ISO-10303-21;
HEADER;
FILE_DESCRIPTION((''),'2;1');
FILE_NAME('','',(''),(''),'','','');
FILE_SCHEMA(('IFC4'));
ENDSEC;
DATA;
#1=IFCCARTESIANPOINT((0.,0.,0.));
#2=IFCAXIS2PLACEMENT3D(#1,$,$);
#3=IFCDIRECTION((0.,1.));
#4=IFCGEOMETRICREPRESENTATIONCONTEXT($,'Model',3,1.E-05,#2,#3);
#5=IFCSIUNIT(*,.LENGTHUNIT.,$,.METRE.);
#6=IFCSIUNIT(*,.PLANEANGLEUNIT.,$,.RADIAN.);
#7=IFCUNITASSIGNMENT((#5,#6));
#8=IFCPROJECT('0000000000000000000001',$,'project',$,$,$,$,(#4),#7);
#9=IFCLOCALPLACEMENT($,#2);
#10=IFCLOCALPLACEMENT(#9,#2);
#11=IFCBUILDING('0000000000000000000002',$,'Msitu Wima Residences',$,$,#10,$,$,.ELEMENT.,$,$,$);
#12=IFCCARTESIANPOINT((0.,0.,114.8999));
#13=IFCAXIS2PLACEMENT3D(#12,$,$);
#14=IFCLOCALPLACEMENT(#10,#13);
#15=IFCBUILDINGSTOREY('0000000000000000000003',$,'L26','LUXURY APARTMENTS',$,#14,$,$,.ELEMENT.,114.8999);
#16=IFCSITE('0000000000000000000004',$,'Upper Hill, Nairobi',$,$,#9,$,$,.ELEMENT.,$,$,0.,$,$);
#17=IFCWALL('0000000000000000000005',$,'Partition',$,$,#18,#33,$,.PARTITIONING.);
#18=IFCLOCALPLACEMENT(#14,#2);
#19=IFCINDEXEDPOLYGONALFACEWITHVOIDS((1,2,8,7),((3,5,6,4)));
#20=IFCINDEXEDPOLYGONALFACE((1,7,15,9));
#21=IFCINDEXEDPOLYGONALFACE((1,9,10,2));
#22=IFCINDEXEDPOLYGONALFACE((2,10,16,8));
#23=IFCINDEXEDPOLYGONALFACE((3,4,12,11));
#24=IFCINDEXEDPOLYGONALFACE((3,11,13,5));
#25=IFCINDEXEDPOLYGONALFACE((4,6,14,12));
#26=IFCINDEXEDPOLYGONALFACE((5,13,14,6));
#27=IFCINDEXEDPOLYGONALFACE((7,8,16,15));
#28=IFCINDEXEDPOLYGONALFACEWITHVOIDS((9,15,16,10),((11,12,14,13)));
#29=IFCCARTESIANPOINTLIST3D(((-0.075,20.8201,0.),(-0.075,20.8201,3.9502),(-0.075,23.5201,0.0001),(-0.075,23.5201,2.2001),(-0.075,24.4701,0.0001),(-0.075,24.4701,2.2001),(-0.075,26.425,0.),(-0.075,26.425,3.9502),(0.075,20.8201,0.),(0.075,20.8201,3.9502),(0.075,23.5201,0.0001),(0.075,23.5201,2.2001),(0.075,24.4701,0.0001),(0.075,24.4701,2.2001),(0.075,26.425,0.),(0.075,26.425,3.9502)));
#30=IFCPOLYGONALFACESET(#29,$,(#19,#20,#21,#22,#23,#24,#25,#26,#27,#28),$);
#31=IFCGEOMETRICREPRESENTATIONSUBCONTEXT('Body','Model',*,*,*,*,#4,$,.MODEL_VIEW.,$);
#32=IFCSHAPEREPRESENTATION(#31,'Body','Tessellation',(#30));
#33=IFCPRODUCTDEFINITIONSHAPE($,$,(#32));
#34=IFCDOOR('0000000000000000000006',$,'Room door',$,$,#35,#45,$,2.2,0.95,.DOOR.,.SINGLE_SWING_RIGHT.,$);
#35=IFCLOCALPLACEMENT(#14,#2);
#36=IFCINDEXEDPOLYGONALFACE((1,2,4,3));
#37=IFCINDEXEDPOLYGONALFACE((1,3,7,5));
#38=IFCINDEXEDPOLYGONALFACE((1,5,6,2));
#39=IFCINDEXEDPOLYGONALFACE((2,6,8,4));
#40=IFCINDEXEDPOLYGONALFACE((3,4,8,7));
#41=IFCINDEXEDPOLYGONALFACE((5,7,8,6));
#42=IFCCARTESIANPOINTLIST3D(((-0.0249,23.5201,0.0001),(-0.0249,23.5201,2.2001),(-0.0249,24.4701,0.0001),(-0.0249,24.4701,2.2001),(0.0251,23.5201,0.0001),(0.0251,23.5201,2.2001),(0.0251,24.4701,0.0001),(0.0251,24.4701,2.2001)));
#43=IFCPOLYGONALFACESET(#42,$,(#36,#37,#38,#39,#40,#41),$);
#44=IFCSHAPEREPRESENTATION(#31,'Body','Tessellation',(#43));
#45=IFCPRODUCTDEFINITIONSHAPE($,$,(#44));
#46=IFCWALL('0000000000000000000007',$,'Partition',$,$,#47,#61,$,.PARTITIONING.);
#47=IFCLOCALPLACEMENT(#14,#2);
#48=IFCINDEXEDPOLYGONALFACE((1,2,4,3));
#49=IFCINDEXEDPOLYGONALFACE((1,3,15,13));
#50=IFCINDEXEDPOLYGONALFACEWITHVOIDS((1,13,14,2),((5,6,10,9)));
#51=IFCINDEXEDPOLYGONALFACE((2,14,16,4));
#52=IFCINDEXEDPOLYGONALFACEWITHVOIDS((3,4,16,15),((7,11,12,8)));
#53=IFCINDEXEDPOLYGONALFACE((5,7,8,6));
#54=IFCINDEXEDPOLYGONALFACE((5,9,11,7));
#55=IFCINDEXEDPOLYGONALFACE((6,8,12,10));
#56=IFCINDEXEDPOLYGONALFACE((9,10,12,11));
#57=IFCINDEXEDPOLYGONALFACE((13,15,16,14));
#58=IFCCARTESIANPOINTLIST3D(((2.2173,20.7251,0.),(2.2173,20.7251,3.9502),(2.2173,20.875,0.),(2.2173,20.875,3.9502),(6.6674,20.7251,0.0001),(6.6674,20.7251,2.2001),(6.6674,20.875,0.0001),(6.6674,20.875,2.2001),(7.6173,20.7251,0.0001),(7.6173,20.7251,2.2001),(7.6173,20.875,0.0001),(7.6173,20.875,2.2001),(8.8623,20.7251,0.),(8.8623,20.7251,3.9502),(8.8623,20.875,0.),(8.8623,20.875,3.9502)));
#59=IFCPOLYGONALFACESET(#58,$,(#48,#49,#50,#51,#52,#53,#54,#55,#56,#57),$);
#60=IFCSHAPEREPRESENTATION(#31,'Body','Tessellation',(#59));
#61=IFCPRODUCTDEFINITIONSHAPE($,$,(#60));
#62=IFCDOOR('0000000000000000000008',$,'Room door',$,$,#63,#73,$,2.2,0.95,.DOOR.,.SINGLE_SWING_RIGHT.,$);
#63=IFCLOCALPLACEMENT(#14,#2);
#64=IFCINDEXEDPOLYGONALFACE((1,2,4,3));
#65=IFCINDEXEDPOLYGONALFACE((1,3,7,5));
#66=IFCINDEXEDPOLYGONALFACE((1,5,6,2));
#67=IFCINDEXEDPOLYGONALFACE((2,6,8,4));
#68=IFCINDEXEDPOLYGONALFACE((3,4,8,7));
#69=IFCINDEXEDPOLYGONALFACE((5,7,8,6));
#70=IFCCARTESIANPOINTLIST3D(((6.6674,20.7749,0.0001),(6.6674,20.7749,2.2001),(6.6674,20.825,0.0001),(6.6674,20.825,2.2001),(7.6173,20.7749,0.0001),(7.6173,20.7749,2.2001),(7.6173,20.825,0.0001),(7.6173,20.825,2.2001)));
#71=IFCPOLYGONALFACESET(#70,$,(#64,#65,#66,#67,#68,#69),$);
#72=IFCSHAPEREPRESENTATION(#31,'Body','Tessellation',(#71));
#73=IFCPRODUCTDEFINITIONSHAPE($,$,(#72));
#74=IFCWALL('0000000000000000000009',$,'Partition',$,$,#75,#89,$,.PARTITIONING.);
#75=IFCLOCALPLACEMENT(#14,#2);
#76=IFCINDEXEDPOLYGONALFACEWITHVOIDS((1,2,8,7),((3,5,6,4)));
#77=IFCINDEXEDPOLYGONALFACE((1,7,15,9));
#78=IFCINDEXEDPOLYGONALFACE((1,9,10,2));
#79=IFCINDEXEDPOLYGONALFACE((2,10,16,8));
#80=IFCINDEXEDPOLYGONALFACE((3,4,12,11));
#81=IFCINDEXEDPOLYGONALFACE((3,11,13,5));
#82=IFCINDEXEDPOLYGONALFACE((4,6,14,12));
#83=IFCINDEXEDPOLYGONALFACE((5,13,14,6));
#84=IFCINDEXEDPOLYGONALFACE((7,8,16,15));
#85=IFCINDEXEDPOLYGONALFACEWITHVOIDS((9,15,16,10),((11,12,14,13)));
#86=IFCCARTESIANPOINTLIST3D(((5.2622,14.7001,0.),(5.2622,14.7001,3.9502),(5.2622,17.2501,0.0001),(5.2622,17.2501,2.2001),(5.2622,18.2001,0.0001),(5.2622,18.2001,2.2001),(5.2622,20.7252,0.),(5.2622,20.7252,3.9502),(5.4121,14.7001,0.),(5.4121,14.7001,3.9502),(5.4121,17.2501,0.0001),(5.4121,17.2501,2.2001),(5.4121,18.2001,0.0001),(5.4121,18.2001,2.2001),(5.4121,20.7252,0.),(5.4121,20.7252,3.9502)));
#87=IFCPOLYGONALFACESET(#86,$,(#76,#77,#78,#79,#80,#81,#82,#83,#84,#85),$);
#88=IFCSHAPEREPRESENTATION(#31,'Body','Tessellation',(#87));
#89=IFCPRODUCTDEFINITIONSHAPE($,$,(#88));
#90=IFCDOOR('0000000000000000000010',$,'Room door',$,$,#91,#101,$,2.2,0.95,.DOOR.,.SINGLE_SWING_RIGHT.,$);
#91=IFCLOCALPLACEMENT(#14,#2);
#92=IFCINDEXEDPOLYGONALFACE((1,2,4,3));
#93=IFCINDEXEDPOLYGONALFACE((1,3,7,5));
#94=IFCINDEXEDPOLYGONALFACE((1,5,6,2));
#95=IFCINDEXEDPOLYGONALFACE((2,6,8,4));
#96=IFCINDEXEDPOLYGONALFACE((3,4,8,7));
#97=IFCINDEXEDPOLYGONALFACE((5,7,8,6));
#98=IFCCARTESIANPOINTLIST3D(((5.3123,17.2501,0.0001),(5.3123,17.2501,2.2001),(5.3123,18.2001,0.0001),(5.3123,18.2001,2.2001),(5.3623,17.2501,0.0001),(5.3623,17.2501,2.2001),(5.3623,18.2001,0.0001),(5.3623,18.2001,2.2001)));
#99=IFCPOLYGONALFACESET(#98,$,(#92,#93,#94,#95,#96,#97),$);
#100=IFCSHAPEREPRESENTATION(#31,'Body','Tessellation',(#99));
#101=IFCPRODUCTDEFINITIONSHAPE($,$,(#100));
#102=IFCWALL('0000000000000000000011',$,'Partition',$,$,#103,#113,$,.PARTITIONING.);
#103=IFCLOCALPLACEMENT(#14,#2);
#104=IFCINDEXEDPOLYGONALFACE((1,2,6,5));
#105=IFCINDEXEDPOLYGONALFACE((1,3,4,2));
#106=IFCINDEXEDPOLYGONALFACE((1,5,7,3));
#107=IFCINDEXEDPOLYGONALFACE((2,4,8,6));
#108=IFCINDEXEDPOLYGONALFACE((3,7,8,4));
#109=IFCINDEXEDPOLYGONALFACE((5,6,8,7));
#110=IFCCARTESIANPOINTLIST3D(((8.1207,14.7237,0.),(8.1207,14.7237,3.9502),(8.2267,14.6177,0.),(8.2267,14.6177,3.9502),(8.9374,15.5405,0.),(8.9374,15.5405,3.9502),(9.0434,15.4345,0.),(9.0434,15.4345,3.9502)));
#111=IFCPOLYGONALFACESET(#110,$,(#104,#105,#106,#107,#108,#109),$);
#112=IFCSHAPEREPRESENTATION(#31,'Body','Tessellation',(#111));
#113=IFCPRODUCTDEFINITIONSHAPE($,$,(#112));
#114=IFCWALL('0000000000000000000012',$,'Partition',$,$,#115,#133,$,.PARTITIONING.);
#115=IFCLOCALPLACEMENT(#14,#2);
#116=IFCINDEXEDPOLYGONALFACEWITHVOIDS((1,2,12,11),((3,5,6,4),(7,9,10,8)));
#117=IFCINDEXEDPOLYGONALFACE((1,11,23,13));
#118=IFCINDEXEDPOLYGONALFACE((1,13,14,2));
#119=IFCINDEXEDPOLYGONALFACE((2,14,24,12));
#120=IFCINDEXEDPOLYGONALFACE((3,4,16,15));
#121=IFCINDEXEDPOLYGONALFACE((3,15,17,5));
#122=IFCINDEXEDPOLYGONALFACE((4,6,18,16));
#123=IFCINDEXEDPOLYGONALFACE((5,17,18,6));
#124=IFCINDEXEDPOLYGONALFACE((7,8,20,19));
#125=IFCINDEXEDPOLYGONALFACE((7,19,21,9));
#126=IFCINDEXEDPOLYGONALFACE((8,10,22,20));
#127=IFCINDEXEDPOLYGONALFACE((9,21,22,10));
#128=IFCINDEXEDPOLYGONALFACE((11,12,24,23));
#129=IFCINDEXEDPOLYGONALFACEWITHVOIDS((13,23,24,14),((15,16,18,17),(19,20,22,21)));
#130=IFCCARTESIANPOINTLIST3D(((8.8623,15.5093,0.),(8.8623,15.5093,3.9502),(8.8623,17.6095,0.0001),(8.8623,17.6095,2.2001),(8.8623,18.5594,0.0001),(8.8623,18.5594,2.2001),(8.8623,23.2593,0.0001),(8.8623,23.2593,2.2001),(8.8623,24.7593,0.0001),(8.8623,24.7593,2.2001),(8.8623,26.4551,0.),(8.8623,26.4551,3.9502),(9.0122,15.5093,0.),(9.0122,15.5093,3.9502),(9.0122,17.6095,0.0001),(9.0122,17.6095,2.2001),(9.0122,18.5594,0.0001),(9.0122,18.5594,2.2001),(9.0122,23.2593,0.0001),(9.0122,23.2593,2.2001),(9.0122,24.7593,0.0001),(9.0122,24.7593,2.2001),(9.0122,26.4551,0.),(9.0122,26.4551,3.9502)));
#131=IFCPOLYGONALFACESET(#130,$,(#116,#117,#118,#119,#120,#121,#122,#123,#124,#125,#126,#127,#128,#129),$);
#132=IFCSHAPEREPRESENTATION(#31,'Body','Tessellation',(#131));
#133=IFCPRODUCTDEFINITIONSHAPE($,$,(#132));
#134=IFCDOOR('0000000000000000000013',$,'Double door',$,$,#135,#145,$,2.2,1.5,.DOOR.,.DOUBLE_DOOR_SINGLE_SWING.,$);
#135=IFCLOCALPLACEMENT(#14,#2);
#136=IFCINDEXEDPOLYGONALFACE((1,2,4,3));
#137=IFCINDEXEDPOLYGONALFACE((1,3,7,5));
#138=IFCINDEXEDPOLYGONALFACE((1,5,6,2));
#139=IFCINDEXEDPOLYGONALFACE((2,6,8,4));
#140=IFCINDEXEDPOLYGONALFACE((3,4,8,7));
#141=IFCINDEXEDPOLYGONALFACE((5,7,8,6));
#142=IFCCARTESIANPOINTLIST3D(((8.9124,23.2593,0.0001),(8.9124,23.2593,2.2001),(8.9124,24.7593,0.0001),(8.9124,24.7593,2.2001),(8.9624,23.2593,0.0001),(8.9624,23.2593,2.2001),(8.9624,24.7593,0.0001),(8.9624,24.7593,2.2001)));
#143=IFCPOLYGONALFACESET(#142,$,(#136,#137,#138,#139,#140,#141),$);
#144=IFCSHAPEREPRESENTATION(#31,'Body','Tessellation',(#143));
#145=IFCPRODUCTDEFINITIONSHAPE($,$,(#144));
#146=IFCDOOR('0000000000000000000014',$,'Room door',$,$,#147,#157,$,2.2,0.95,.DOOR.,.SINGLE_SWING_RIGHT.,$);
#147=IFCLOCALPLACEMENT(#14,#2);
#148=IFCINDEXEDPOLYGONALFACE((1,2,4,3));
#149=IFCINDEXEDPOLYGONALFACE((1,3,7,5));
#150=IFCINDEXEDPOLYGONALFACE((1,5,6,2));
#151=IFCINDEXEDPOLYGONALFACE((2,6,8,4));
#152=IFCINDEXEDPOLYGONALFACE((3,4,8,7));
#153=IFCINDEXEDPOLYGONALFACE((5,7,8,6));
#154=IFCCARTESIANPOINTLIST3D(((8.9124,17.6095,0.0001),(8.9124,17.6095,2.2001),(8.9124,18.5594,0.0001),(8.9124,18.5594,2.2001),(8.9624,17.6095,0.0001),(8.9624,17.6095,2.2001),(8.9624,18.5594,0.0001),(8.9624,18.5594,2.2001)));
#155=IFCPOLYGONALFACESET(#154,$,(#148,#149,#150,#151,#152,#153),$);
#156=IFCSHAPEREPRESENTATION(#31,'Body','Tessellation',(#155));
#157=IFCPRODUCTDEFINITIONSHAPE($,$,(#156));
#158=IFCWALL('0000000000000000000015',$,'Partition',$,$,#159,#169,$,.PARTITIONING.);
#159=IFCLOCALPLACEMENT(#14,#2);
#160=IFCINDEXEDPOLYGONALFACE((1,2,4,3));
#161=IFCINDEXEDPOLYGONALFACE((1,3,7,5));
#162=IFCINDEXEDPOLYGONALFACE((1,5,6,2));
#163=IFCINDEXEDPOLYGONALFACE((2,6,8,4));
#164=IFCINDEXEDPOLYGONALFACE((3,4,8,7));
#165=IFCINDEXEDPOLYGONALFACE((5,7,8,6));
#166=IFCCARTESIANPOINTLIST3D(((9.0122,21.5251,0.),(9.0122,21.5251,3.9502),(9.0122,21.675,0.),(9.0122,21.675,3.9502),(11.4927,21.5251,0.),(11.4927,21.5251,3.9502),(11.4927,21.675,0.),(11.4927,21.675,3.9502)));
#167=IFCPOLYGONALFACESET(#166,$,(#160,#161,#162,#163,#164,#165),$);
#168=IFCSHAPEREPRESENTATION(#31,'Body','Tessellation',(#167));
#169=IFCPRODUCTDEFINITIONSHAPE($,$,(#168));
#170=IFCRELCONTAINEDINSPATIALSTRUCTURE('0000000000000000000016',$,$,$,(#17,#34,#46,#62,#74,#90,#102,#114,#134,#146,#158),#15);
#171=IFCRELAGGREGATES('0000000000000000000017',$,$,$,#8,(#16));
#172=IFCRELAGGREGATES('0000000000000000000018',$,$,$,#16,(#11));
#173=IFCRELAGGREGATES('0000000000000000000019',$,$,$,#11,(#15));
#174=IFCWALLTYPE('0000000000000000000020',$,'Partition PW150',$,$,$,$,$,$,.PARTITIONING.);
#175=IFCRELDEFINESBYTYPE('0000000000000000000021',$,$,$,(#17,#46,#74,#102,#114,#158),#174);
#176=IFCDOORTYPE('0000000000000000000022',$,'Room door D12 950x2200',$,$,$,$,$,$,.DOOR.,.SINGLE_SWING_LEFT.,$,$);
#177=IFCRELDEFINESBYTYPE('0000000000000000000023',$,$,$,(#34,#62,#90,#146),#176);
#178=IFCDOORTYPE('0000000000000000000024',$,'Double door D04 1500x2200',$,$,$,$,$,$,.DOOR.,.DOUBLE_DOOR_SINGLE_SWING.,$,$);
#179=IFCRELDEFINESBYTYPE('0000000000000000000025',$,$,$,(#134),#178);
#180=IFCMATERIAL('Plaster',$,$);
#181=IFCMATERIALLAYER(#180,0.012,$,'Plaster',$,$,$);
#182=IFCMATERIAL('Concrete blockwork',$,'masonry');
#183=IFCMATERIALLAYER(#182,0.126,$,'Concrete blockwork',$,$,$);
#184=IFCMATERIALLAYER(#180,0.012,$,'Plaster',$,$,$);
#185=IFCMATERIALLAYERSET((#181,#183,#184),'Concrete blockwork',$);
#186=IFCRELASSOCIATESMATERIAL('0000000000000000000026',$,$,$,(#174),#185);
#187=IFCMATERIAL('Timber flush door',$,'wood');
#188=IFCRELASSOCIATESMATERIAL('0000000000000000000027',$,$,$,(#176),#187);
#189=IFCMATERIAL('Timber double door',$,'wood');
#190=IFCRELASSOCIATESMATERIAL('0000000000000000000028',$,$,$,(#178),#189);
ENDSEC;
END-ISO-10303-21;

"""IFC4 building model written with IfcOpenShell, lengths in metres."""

from ifc_helpers import new_model, si_unit, direction, frame, frame_2d, origin, place, context, subcontext, project, spatial, rectangle, extrude, material, layer, layer_set, type_object, element, fill, save


model = new_model("IFC4")

# Units and contexts
model_context = context("Model", 3, precision=1e-05, world=origin(), true_north=direction((0.0, 1.0)))
body_context = subcontext(model_context, "Body", "Model", "MODEL_VIEW")
ifc_project = project(units=[si_unit("LENGTHUNIT", "METRE"), si_unit("PLANEANGLEUNIT", "RADIAN")], contexts=[model_context])

# Site, building, storey
site_placement = place(None, origin())
site = spatial("IfcSite", under=ifc_project, at=site_placement, Name="Upper Hill, Nairobi", CompositionType="ELEMENT", RefElevation=0.0)
building_placement = place(site_placement, origin())
building = spatial("IfcBuilding", under=site, at=building_placement, Name="Msitu Wima Residences", CompositionType="ELEMENT")
storey_placement = place(building_placement, frame((0.0, 0.0, 114.8999)))
storey = spatial("IfcBuildingStorey", under=building, at=storey_placement, Name="L26", Description="LUXURY APARTMENTS", CompositionType="ELEMENT", Elevation=114.8999)

# Walls, openings, doors
ifc_material_1 = material(Name="Plaster")
ifc_layer_1 = layer(ifc_material_1, 0.012, Name="Plaster")
ifc_material_2 = material(Name="Concrete blockwork", Category="masonry")
ifc_layer_2 = layer(ifc_material_2, 0.126, Name="Concrete blockwork")
ifc_layer_3 = layer(ifc_material_1, 0.012, Name="Plaster")
ifc_layer_set_1 = layer_set([ifc_layer_1, ifc_layer_2, ifc_layer_3], Name="Concrete blockwork")
wall_type_1 = type_object("IfcWallType", Name="Partition PW150", PredefinedType="PARTITIONING", material=ifc_layer_set_1)
wall_1_placement = place(storey_placement, frame((0.0, 20.8201, 0.0), z_axis=(0.0, 0.0, 1.0), x_axis=(0.0, 1.0, 0.0)))
wall_1 = element("IfcWall", 1, at=wall_1_placement, inside=storey, type_object=wall_type_1, Name="Partition", PredefinedType="PARTITIONING", context=body_context, shape_type="SweptSolid", body=[
    extrude(rectangle(XDim=5.605, YDim=0.1499, at=frame_2d((2.8025, 0.0))), origin(), (0.0, 0.0, 1.0), 3.9502),
])
opening_1_placement = place(wall_1_placement, frame((2.7, 0.0, 0.0)))
opening_1 = element("IfcOpeningElement", 2, at=opening_1_placement, cuts=wall_1, PredefinedType="OPENING", context=body_context, shape_type="SweptSolid", body=[
    extrude(rectangle(XDim=0.95, YDim=2.2, at=frame_2d((0.4751, 1.1001))), frame((0.0, 0.085, 0.0), z_axis=(0.0, -1.0, 0.0), x_axis=(1.0, 0.0, 0.0)), (0.0, 0.0, 1.0), 0.1699),
])
ifc_material_3 = material(Name="Timber flush door", Category="wood")
door_type_1 = type_object("IfcDoorType", Name="Room door D12 950x2200", OperationType="SINGLE_SWING_LEFT", PredefinedType="DOOR", material=ifc_material_3)
door_1_placement = place(opening_1_placement, origin())
door_1 = element("IfcDoor", 3, at=door_1_placement, inside=storey, type_object=door_type_1, Name="Room door", OperationType="SINGLE_SWING_RIGHT", OverallHeight=2.2, OverallWidth=0.95, PredefinedType="DOOR", context=body_context, shape_type="SweptSolid", body=[
    extrude(rectangle(XDim=0.95, YDim=2.2, at=frame_2d((0.4751, 1.1001))), frame((0.0, 0.0249, 0.0), z_axis=(0.0, -1.0, 0.0), x_axis=(1.0, 0.0, 0.0)), (0.0, 0.0, 1.0), 0.05),
])
fill(opening_1, door_1)
wall_2_placement = place(storey_placement, frame((2.2173, 20.8, 0.0), z_axis=(0.0, 0.0, 1.0), x_axis=(1.0, 0.0, 0.0)))
wall_2 = element("IfcWall", 4, at=wall_2_placement, inside=storey, type_object=wall_type_1, Name="Partition", PredefinedType="PARTITIONING", context=body_context, shape_type="SweptSolid", body=[
    extrude(rectangle(XDim=6.645, YDim=0.1499, at=frame_2d((3.3225, 0.0))), origin(), (0.0, 0.0, 1.0), 3.9502),
])
opening_2_placement = place(wall_2_placement, frame((4.45, 0.0, 0.0)))
opening_2 = element("IfcOpeningElement", 5, at=opening_2_placement, cuts=wall_2, PredefinedType="OPENING", context=body_context, shape_type="SweptSolid", body=[
    extrude(rectangle(XDim=0.95, YDim=2.2, at=frame_2d((0.4751, 1.1001))), frame((0.0, 0.085, 0.0), z_axis=(0.0, -1.0, 0.0), x_axis=(1.0, 0.0, 0.0)), (0.0, 0.0, 1.0), 0.1699),
])
door_2_placement = place(opening_2_placement, origin())
door_2 = element("IfcDoor", 6, at=door_2_placement, inside=storey, type_object=door_type_1, Name="Room door", OperationType="SINGLE_SWING_RIGHT", OverallHeight=2.2, OverallWidth=0.95, PredefinedType="DOOR", context=body_context, shape_type="SweptSolid", body=[
    extrude(rectangle(XDim=0.95, YDim=2.2, at=frame_2d((0.4751, 1.1001))), frame((0.0, 0.0249, 0.0), z_axis=(0.0, -1.0, 0.0), x_axis=(1.0, 0.0, 0.0)), (0.0, 0.0, 1.0), 0.05),
])
fill(opening_2, door_2)
wall_3_placement = place(storey_placement, frame((5.3372, 14.7, 0.0), z_axis=(0.0, 0.0, 1.0), x_axis=(0.0, 1.0, 0.0)))
wall_3 = element("IfcWall", 7, at=wall_3_placement, inside=storey, type_object=wall_type_1, Name="Partition", PredefinedType="PARTITIONING", context=body_context, shape_type="SweptSolid", body=[
    extrude(rectangle(XDim=6.0251, YDim=0.1499, at=frame_2d((3.0127, 0.0))), origin(), (0.0, 0.0, 1.0), 3.9502),
])
opening_3_placement = place(wall_3_placement, frame((2.55, 0.0, 0.0)))
opening_3 = element("IfcOpeningElement", 8, at=opening_3_placement, cuts=wall_3, PredefinedType="OPENING", context=body_context, shape_type="SweptSolid", body=[
    extrude(rectangle(XDim=0.95, YDim=2.2, at=frame_2d((0.4751, 1.1001))), frame((0.0, 0.085, 0.0), z_axis=(0.0, -1.0, 0.0), x_axis=(1.0, 0.0, 0.0)), (0.0, 0.0, 1.0), 0.1699),
])
door_3_placement = place(opening_3_placement, origin())
door_3 = element("IfcDoor", 9, at=door_3_placement, inside=storey, type_object=door_type_1, Name="Room door", OperationType="SINGLE_SWING_RIGHT", OverallHeight=2.2, OverallWidth=0.95, PredefinedType="DOOR", context=body_context, shape_type="SweptSolid", body=[
    extrude(rectangle(XDim=0.95, YDim=2.2, at=frame_2d((0.4751, 1.1001))), frame((0.0, 0.0249, 0.0), z_axis=(0.0, -1.0, 0.0), x_axis=(1.0, 0.0, 0.0)), (0.0, 0.0, 1.0), 0.05),
])
fill(opening_3, door_3)

# Wall
wall_4_placement = place(storey_placement, frame((8.1736, 14.6707, 0.0), z_axis=(0.0, 0.0, 1.0), x_axis=(0.707107, 0.707107, 0.0)))
element("IfcWall", 10, at=wall_4_placement, inside=storey, type_object=wall_type_1, Name="Partition", PredefinedType="PARTITIONING", context=body_context, shape_type="SweptSolid", body=[
    extrude(rectangle(XDim=1.155, YDim=0.1499, at=frame_2d((0.5776, 0.0))), origin(), (0.0, 0.0, 1.0), 3.9502),
])

# Wall, openings, doors
wall_5_placement = place(storey_placement, frame((8.9373, 15.5093, 0.0), z_axis=(0.0, 0.0, 1.0), x_axis=(0.0, 1.0, 0.0)))
wall_5 = element("IfcWall", 11, at=wall_5_placement, inside=storey, type_object=wall_type_1, Name="Partition", PredefinedType="PARTITIONING", context=body_context, shape_type="SweptSolid", body=[
    extrude(rectangle(XDim=10.9458, YDim=0.1499, at=frame_2d((5.4729, 0.0))), origin(), (0.0, 0.0, 1.0), 3.9502),
])
opening_4_placement = place(wall_5_placement, frame((2.1001, 0.0, 0.0)))
opening_4 = element("IfcOpeningElement", 12, at=opening_4_placement, cuts=wall_5, PredefinedType="OPENING", context=body_context, shape_type="SweptSolid", body=[
    extrude(rectangle(XDim=0.95, YDim=2.2, at=frame_2d((0.4751, 1.1001))), frame((0.0, 0.085, 0.0), z_axis=(0.0, -1.0, 0.0), x_axis=(1.0, 0.0, 0.0)), (0.0, 0.0, 1.0), 0.1699),
])
opening_5_placement = place(wall_5_placement, frame((7.75, 0.0, 0.0)))
opening_5 = element("IfcOpeningElement", 13, at=opening_5_placement, cuts=wall_5, PredefinedType="OPENING", context=body_context, shape_type="SweptSolid", body=[
    extrude(rectangle(XDim=1.5, YDim=2.2, at=frame_2d((0.75, 1.1001))), frame((0.0, 0.085, 0.0), z_axis=(0.0, -1.0, 0.0), x_axis=(1.0, 0.0, 0.0)), (0.0, 0.0, 1.0), 0.1699),
])
ifc_material_4 = material(Name="Timber double door", Category="wood")
door_type_2 = type_object("IfcDoorType", Name="Double door D04 1500x2200", OperationType="DOUBLE_DOOR_SINGLE_SWING", PredefinedType="DOOR", material=ifc_material_4)
door_4_placement = place(opening_5_placement, origin())
door_4 = element("IfcDoor", 14, at=door_4_placement, inside=storey, type_object=door_type_2, Name="Double door", OperationType="DOUBLE_DOOR_SINGLE_SWING", OverallHeight=2.2, OverallWidth=1.5, PredefinedType="DOOR", context=body_context, shape_type="SweptSolid", body=[
    extrude(rectangle(XDim=1.5, YDim=2.2, at=frame_2d((0.75, 1.1001))), frame((0.0, 0.0249, 0.0), z_axis=(0.0, -1.0, 0.0), x_axis=(1.0, 0.0, 0.0)), (0.0, 0.0, 1.0), 0.05),
])
fill(opening_5, door_4)
door_5_placement = place(opening_4_placement, origin())
door_5 = element("IfcDoor", 15, at=door_5_placement, inside=storey, type_object=door_type_1, Name="Room door", OperationType="SINGLE_SWING_RIGHT", OverallHeight=2.2, OverallWidth=0.95, PredefinedType="DOOR", context=body_context, shape_type="SweptSolid", body=[
    extrude(rectangle(XDim=0.95, YDim=2.2, at=frame_2d((0.4751, 1.1001))), frame((0.0, 0.0249, 0.0), z_axis=(0.0, -1.0, 0.0), x_axis=(1.0, 0.0, 0.0)), (0.0, 0.0, 1.0), 0.05),
])
fill(opening_4, door_5)

# Wall
wall_6_placement = place(storey_placement, frame((9.0122, 21.6001, 0.0), z_axis=(0.0, 0.0, 1.0), x_axis=(1.0, 0.0, 0.0)))
element("IfcWall", 16, at=wall_6_placement, inside=storey, type_object=wall_type_1, Name="Partition", PredefinedType="PARTITIONING", context=body_context, shape_type="SweptSolid", body=[
    extrude(rectangle(XDim=2.4805, YDim=0.1499, at=frame_2d((1.2402, 0.0))), origin(), (0.0, 0.0, 1.0), 3.9502),
])

save(model, "model.ifc")
